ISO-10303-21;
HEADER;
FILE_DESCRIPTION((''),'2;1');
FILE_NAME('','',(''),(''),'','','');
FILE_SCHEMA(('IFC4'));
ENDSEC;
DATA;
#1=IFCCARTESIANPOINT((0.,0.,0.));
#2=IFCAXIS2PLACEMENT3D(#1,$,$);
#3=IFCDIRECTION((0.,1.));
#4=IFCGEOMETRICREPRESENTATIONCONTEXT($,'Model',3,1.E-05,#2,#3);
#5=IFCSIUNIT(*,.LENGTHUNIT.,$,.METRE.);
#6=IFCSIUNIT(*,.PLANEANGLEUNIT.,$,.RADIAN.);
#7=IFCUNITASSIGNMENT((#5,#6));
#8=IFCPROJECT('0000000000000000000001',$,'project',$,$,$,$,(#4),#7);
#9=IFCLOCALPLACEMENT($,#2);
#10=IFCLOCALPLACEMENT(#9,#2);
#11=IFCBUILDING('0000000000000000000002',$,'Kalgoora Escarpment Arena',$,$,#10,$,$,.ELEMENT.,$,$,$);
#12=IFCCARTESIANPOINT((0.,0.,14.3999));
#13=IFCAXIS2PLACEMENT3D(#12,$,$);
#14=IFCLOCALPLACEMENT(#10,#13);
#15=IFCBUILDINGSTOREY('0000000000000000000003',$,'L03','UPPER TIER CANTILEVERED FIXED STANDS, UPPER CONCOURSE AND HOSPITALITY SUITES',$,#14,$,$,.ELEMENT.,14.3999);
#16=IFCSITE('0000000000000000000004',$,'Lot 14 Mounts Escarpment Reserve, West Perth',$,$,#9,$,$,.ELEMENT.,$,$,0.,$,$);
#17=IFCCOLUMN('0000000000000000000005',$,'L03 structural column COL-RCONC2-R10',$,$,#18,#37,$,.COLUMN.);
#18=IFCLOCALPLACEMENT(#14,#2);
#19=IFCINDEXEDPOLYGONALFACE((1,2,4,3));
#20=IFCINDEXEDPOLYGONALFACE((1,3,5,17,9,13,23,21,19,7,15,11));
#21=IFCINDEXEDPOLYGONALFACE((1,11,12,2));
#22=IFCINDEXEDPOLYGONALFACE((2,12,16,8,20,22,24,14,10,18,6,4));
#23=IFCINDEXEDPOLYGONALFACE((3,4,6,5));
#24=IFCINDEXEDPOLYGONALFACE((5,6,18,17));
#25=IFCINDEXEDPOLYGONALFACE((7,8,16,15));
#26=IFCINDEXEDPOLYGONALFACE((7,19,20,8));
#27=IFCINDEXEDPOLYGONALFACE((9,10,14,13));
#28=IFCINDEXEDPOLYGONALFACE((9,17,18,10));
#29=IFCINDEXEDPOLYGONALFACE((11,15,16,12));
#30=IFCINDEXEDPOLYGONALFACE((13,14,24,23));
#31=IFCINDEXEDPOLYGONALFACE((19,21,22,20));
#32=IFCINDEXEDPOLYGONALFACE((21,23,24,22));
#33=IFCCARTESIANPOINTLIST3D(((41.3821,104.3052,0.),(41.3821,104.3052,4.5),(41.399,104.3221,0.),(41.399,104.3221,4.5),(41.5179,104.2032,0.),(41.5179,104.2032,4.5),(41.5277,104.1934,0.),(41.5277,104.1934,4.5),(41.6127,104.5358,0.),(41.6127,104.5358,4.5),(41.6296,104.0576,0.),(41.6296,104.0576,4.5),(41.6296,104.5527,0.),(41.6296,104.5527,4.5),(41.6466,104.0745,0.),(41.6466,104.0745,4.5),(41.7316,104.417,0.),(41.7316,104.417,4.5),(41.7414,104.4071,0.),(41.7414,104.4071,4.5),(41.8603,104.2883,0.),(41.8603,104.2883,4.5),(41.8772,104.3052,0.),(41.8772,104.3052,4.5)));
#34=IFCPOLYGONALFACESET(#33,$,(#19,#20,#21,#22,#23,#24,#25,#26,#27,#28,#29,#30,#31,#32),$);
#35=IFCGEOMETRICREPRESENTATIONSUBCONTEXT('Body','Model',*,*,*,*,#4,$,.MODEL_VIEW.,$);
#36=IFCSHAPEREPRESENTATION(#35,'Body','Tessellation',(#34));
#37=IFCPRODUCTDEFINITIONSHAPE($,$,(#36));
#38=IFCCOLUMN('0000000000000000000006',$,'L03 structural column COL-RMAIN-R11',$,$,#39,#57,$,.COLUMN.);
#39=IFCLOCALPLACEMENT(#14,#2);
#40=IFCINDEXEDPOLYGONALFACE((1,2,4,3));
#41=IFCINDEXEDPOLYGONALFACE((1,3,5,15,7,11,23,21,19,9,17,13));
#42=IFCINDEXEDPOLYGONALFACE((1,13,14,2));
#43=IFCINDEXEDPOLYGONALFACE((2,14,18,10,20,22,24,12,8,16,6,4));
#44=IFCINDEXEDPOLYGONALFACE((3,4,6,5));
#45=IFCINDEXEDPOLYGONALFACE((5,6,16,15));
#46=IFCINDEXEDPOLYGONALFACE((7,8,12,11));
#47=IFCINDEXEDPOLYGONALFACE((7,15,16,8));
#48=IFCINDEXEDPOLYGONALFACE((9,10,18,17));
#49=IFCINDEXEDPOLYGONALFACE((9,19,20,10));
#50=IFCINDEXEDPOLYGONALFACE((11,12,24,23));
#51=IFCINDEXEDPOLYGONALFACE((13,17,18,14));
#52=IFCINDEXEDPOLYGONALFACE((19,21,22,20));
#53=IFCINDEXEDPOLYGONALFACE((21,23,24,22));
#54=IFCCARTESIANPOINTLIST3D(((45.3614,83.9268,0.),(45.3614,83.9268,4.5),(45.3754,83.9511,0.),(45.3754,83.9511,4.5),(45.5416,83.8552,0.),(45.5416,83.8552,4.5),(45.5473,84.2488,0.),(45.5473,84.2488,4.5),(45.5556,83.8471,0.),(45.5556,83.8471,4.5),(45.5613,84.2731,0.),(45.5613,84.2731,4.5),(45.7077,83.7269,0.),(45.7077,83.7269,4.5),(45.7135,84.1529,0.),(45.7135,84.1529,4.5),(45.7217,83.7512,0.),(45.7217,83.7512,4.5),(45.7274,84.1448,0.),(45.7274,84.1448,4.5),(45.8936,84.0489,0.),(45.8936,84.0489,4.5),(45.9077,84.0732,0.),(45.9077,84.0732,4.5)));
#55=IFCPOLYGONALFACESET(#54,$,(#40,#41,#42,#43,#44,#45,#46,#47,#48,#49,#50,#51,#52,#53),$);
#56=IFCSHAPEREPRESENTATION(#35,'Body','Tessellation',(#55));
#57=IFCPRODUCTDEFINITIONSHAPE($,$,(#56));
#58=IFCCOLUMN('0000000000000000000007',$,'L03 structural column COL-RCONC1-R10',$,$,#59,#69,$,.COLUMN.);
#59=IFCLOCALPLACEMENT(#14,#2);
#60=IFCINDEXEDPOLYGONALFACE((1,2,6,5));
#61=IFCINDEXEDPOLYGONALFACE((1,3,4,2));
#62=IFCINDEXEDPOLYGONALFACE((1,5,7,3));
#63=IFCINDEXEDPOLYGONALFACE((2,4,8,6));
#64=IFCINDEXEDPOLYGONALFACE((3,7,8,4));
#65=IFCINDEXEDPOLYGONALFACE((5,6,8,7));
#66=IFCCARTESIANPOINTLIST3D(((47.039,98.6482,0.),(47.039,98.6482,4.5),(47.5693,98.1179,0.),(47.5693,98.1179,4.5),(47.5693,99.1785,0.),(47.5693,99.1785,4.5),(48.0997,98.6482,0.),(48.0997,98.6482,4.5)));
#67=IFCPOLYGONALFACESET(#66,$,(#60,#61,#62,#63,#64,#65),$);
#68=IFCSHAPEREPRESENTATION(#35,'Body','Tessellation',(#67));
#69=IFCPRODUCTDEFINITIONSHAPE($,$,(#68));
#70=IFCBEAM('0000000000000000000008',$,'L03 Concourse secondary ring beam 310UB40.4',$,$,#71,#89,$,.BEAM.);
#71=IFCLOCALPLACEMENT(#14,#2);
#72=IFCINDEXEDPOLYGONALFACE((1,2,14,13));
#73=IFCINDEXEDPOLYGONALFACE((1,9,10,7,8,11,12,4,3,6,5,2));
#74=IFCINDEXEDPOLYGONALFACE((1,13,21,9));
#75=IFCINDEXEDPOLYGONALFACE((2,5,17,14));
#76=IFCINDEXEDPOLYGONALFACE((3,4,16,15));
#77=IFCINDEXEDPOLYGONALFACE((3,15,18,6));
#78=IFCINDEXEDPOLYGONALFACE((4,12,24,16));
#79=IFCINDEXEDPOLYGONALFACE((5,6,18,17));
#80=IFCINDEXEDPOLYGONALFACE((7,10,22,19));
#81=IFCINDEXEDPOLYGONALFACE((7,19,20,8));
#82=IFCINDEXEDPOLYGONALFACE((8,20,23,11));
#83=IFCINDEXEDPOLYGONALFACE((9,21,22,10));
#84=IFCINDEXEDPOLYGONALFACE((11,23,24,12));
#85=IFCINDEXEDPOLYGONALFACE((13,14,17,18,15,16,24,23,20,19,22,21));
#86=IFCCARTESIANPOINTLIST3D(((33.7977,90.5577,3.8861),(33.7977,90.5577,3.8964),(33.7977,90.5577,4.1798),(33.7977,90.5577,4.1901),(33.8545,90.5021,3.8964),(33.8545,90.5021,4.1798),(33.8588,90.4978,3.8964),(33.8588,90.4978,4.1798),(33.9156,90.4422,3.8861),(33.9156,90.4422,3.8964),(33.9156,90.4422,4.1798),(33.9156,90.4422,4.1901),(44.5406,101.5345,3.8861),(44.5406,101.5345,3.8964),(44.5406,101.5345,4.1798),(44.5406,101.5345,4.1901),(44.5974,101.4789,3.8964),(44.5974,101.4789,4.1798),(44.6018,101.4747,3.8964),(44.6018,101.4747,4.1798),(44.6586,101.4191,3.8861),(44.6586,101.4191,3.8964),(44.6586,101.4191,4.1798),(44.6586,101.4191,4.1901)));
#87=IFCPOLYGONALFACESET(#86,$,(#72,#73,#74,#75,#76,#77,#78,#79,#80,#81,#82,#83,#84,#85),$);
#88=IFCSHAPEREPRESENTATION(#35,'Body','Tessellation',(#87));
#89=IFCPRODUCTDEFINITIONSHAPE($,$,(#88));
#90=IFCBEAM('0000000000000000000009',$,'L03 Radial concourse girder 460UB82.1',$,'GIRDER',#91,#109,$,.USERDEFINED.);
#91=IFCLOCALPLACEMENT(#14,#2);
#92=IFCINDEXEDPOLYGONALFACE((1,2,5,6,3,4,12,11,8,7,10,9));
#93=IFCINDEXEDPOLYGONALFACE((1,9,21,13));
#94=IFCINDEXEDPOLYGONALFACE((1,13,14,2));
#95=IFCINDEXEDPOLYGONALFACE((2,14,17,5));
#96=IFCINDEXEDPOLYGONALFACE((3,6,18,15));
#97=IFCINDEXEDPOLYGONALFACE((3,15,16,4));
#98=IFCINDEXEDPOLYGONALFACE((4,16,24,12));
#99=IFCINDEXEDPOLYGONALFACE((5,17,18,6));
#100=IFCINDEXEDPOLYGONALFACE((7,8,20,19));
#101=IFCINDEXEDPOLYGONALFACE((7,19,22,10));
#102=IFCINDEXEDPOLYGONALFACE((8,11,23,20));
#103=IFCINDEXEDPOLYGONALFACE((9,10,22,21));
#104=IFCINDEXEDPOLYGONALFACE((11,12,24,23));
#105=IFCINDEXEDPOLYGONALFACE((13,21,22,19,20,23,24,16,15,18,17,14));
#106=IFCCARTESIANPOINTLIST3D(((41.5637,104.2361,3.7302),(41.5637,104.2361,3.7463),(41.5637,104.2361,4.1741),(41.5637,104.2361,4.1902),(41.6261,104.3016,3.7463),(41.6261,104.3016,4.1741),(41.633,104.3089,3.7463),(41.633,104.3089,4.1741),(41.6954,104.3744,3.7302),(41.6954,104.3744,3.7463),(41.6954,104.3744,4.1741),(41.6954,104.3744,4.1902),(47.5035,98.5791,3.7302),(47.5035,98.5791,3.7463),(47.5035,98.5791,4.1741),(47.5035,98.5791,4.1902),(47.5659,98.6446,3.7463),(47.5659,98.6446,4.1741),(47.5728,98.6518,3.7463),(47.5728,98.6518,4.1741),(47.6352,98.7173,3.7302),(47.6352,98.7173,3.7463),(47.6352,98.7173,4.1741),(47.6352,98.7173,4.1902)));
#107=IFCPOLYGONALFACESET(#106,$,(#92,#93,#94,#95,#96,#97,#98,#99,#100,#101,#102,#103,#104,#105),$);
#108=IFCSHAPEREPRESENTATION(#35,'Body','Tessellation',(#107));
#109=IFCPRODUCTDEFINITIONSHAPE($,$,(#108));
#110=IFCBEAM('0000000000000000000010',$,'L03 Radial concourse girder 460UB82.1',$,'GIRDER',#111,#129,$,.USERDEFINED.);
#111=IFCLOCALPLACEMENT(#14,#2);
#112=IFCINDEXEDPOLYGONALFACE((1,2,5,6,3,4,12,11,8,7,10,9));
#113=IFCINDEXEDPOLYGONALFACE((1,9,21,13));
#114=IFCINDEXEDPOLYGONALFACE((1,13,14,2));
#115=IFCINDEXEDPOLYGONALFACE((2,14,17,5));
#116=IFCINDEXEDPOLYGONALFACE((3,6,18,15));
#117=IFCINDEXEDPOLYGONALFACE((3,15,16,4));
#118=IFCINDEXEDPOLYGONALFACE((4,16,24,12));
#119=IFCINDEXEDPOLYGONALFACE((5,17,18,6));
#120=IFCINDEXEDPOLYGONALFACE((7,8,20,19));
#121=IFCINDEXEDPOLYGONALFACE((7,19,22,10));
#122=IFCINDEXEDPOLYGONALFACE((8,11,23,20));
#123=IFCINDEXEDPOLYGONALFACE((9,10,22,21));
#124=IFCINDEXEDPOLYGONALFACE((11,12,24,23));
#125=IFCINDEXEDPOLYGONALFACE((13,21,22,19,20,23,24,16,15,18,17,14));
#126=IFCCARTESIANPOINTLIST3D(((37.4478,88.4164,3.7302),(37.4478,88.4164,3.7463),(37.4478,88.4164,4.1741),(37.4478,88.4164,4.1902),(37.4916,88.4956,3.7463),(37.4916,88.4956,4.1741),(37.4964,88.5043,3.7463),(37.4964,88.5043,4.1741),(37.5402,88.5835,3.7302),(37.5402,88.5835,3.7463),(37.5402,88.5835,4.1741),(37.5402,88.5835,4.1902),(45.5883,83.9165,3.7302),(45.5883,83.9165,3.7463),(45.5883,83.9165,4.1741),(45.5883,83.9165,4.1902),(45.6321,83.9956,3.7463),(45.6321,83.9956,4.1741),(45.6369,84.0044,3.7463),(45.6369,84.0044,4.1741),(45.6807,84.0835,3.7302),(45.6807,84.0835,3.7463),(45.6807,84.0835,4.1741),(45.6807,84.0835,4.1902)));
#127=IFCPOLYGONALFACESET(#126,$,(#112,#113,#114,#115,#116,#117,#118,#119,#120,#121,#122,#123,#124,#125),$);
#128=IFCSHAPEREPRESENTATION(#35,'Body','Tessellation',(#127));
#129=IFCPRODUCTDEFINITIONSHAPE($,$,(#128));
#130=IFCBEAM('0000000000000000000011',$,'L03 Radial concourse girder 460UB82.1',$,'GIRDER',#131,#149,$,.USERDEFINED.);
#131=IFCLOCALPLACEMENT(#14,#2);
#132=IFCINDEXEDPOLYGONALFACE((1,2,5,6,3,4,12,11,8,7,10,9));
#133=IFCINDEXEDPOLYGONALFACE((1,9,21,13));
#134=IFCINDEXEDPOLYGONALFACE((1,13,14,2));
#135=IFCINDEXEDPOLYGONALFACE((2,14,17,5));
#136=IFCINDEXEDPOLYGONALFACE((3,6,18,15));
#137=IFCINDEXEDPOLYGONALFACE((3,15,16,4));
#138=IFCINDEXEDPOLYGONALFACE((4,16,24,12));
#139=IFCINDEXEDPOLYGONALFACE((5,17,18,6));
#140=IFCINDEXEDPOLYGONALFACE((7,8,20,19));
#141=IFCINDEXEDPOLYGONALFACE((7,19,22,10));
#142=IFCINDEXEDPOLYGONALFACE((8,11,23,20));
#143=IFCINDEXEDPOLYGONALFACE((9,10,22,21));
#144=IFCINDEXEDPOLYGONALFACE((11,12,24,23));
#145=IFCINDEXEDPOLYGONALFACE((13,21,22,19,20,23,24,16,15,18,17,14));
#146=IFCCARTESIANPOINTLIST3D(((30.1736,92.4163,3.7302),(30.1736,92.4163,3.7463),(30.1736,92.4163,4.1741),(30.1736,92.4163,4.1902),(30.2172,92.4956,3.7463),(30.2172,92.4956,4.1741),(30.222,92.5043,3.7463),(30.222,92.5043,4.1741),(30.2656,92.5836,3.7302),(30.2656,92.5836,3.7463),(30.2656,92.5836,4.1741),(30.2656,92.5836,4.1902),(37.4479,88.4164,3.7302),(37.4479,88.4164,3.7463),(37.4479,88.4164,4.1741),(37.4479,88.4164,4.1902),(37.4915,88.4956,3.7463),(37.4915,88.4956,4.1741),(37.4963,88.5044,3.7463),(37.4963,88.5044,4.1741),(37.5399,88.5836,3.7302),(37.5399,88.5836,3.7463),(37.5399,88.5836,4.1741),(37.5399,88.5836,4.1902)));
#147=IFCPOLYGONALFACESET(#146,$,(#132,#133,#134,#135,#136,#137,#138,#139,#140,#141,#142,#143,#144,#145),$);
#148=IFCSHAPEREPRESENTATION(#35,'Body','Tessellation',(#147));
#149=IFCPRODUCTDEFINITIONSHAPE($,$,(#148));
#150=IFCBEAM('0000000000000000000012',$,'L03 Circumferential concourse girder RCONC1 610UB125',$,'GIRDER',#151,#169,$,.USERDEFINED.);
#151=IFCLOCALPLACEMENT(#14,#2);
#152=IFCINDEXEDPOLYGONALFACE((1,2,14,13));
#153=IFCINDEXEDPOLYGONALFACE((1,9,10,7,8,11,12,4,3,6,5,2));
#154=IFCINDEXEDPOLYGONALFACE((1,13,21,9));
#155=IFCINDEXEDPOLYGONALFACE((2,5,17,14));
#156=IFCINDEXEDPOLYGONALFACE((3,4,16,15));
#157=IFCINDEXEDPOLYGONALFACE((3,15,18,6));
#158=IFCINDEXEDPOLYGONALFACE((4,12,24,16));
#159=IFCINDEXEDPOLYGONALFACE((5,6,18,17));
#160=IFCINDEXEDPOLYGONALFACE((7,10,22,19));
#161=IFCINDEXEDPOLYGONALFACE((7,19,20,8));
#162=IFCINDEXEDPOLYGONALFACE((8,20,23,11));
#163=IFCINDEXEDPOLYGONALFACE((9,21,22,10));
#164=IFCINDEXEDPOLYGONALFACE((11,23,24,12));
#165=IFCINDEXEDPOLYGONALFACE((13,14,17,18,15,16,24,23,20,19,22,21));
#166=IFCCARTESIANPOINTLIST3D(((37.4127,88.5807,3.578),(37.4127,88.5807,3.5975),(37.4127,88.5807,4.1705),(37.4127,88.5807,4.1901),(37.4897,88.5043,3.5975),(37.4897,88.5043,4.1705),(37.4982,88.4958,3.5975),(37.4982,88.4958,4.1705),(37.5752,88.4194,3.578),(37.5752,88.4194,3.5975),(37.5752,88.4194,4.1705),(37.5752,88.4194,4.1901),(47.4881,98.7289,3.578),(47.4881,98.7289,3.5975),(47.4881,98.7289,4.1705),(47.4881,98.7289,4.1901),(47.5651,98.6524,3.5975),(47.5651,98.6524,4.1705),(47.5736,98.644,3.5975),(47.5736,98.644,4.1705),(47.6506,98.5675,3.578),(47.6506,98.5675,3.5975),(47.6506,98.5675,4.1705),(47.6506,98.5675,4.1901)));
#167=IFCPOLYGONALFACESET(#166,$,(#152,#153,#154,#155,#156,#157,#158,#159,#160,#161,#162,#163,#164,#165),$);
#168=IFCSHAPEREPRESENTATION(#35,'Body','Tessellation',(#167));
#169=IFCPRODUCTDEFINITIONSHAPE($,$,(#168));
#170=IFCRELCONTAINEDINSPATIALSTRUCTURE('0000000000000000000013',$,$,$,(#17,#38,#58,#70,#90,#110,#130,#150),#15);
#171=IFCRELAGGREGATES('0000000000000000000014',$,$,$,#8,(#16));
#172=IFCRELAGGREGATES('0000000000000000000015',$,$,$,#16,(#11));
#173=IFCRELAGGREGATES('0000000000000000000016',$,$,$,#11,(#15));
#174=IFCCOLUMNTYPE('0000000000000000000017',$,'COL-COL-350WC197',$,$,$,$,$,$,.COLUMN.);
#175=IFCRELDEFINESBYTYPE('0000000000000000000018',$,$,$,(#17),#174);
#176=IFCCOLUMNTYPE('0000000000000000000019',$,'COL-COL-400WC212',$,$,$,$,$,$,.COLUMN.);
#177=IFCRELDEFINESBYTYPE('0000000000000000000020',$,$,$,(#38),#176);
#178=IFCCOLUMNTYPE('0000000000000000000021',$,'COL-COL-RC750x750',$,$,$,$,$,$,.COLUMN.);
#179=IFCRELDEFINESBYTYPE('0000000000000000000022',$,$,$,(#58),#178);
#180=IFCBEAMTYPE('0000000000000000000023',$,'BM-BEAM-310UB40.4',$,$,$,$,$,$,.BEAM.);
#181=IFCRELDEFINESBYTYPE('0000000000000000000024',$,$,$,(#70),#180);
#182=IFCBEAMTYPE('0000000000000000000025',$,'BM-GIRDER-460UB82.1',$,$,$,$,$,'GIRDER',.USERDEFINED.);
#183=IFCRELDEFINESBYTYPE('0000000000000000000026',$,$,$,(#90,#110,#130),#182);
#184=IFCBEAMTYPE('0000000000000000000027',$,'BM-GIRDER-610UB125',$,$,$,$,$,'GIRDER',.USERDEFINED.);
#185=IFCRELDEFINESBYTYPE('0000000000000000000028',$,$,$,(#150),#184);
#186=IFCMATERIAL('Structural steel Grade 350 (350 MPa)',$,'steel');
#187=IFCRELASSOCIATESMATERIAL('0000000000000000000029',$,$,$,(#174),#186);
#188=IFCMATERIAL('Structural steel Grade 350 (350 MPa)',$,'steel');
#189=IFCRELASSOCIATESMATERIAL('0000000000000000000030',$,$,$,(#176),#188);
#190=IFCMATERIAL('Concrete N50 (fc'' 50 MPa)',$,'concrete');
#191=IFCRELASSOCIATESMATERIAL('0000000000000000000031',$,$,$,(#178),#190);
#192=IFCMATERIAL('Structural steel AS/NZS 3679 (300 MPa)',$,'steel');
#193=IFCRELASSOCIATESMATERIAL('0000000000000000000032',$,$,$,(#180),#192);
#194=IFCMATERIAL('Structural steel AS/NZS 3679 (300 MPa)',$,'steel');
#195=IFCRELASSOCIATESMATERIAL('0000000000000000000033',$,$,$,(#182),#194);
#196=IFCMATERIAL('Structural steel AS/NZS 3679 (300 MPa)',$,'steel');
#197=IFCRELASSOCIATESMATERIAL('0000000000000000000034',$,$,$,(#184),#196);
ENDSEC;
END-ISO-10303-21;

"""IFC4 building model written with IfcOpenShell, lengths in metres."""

from ifc_helpers import new_model, si_unit, direction, frame, origin, origin_2d, place, context, subcontext, project, spatial, rectangle, i_section, extrude, material, material_profile, profile_set, type_object, element, save


model = new_model("IFC4")

# Units and contexts
model_context = context("Model", 3, precision=1e-05, world=origin(), true_north=direction((0.0, 1.0)))
body_context = subcontext(model_context, "Body", "Model", "MODEL_VIEW")
ifc_project = project(units=[si_unit("LENGTHUNIT", "METRE"), si_unit("PLANEANGLEUNIT", "RADIAN")], contexts=[model_context])

# Site, building, storey
site_placement = place(None, origin())
site = spatial("IfcSite", under=ifc_project, at=site_placement, Name="Lot 14 Mounts Escarpment Reserve, West Perth", CompositionType="ELEMENT", RefElevation=0.0)
building_placement = place(site_placement, origin())
building = spatial("IfcBuilding", under=site, at=building_placement, Name="Kalgoora Escarpment Arena", CompositionType="ELEMENT")
storey_placement = place(building_placement, frame((0.0, 0.0, 14.3999)))
storey = spatial("IfcBuildingStorey", under=building, at=storey_placement, Name="L03", Description="UPPER TIER CANTILEVERED FIXED STANDS, UPPER CONCOURSE AND HOSPITALITY SUITES", CompositionType="ELEMENT", Elevation=14.3999)

# Columns
ifc_material_1 = material(Name="Structural steel Grade 350 (350 MPa)", Category="steel")
ifc_material_profile_1 = material_profile(ifc_material_1, i_section(OverallWidth=0.3501, OverallDepth=0.3501, WebThickness=0.0139, FlangeThickness=0.0239, at=origin_2d()))
ifc_profile_set_1 = profile_set([ifc_material_profile_1], Name="Structural steel Grade 350 (350 MPa)")
column_type_1 = type_object("IfcColumnType", Name="COL-COL-350WC197", PredefinedType="COLUMN", material=ifc_profile_set_1)
column_1_placement = place(storey_placement, frame((41.6296, 104.3052, 0.0), z_axis=(0.0, 0.0, 1.0), x_axis=(-0.707107, 0.707107, 0.0)))
element("IfcColumn", 1, at=column_1_placement, inside=storey, type_object=column_type_1, Name="L03 structural column COL-RCONC2-R10", PredefinedType="COLUMN", context=body_context, shape_type="SweptSolid", body=[
    extrude(i_section(OverallWidth=0.3501, OverallDepth=0.3501, WebThickness=0.0139, FlangeThickness=0.0239, at=origin_2d()), origin(), (0.0, 0.0, 1.0), 4.5),
])
ifc_material_2 = material(Name="Structural steel Grade 350 (350 MPa)", Category="steel")
ifc_material_profile_2 = material_profile(ifc_material_2, i_section(OverallWidth=0.3999, OverallDepth=0.3999, WebThickness=0.0161, FlangeThickness=0.0281, at=origin_2d()))
ifc_profile_set_2 = profile_set([ifc_material_profile_2], Name="Structural steel Grade 350 (350 MPa)")
column_type_2 = type_object("IfcColumnType", Name="COL-COL-400WC212", PredefinedType="COLUMN", material=ifc_profile_set_2)
column_2_placement = place(storey_placement, frame((45.6345, 84.0, 0.0), z_axis=(0.0, 0.0, 1.0), x_axis=(-0.866025, 0.5, 0.0)))
element("IfcColumn", 2, at=column_2_placement, inside=storey, type_object=column_type_2, Name="L03 structural column COL-RMAIN-R11", PredefinedType="COLUMN", context=body_context, shape_type="SweptSolid", body=[
    extrude(i_section(OverallWidth=0.3999, OverallDepth=0.3999, WebThickness=0.0161, FlangeThickness=0.0281, at=origin_2d()), origin(), (0.0, 0.0, 1.0), 4.5),
])
ifc_material_3 = material(Name="Concrete N50 (fc' 50 MPa)", Category="concrete")
ifc_material_profile_3 = material_profile(ifc_material_3, rectangle(XDim=0.75, YDim=0.75, at=origin_2d()))
ifc_profile_set_3 = profile_set([ifc_material_profile_3], Name="Concrete N50 (fc' 50 MPa)")
column_type_3 = type_object("IfcColumnType", Name="COL-COL-RC750x750", PredefinedType="COLUMN", material=ifc_profile_set_3)
column_3_placement = place(storey_placement, frame((47.5693, 98.6482, 0.0), z_axis=(0.0, 0.0, 1.0), x_axis=(-0.707107, 0.707107, 0.0)))
element("IfcColumn", 3, at=column_3_placement, inside=storey, type_object=column_type_3, Name="L03 structural column COL-RCONC1-R10", PredefinedType="COLUMN", context=body_context, shape_type="SweptSolid", body=[
    extrude(rectangle(XDim=0.75, YDim=0.75, at=origin_2d()), origin(), (0.0, 0.0, 1.0), 4.5),
])

# Beams
ifc_material_4 = material(Name="Structural steel AS/NZS 3679 (300 MPa)", Category="steel")
ifc_material_profile_4 = material_profile(ifc_material_4, i_section(OverallWidth=0.165, OverallDepth=0.304, WebThickness=0.0061, FlangeThickness=0.0103, at=origin_2d()))
ifc_profile_set_4 = profile_set([ifc_material_profile_4], Name="Structural steel AS/NZS 3679 (300 MPa)")
beam_type_1 = type_object("IfcBeamType", Name="BM-BEAM-310UB40.4", PredefinedType="BEAM", material=ifc_profile_set_4)
beam_1_placement = place(storey_placement, frame((44.5996, 101.4768, 4.0381), z_axis=(-0.699452, -0.71468, 0.0), x_axis=(0.71468, -0.699452, 0.0)))
element("IfcBeam", 4, at=beam_1_placement, inside=storey, type_object=beam_type_1, Name="L03 Concourse secondary ring beam 310UB40.4", PredefinedType="BEAM", context=body_context, shape_type="SweptSolid", body=[
    extrude(i_section(OverallWidth=0.165, OverallDepth=0.304, WebThickness=0.0061, FlangeThickness=0.0103, at=origin_2d()), origin(), (0.0, 0.0, 1.0), 15.3591),
])
ifc_material_5 = material(Name="Structural steel AS/NZS 3679 (300 MPa)", Category="steel")
ifc_material_profile_5 = material_profile(ifc_material_5, i_section(OverallWidth=0.1909, OverallDepth=0.46, WebThickness=0.01, FlangeThickness=0.0161, at=origin_2d()))
ifc_profile_set_5 = profile_set([ifc_material_profile_5], Name="Structural steel AS/NZS 3679 (300 MPa)")
beam_type_2 = type_object("IfcBeamType", Name="BM-GIRDER-460UB82.1", ElementType="GIRDER", PredefinedType="USERDEFINED", material=ifc_profile_set_5)
beam_2_placement = place(storey_placement, frame((47.5693, 98.6482, 3.9602), z_axis=(-0.72413, 0.689663, 0.0), x_axis=(-0.689663, -0.72413, 0.0)))
element("IfcBeam", 5, at=beam_2_placement, inside=storey, type_object=beam_type_2, Name="L03 Radial concourse girder 460UB82.1", ObjectType="GIRDER", PredefinedType="USERDEFINED", context=body_context, shape_type="SweptSolid", body=[
    extrude(i_section(OverallWidth=0.1909, OverallDepth=0.46, WebThickness=0.01, FlangeThickness=0.0161, at=origin_2d()), origin(), (0.0, 0.0, 1.0), 8.2026),
])
beam_3_placement = place(storey_placement, frame((45.6345, 84.0, 3.9602), z_axis=(-0.875185, 0.483788, 0.0), x_axis=(-0.483788, -0.875185, 0.0)))
element("IfcBeam", 6, at=beam_3_placement, inside=storey, type_object=beam_type_2, Name="L03 Radial concourse girder 460UB82.1", ObjectType="GIRDER", PredefinedType="USERDEFINED", context=body_context, shape_type="SweptSolid", body=[
    extrude(i_section(OverallWidth=0.1909, OverallDepth=0.46, WebThickness=0.01, FlangeThickness=0.0161, at=origin_2d()), origin(), (0.0, 0.0, 1.0), 9.3015),
])
beam_4_placement = place(storey_placement, frame((37.4939, 88.5, 3.9602), z_axis=(-0.876263, 0.481833, 0.0), x_axis=(-0.481833, -0.876263, 0.0)))
element("IfcBeam", 7, at=beam_4_placement, inside=storey, type_object=beam_type_2, Name="L03 Radial concourse girder 460UB82.1", ObjectType="GIRDER", PredefinedType="USERDEFINED", context=body_context, shape_type="SweptSolid", body=[
    extrude(i_section(OverallWidth=0.1909, OverallDepth=0.46, WebThickness=0.01, FlangeThickness=0.0161, at=origin_2d()), origin(), (0.0, 0.0, 1.0), 8.3015),
])
ifc_material_6 = material(Name="Structural steel AS/NZS 3679 (300 MPa)", Category="steel")
ifc_material_profile_6 = material_profile(ifc_material_6, i_section(OverallWidth=0.229, OverallDepth=0.6121, WebThickness=0.012, FlangeThickness=0.0195, at=origin_2d()))
ifc_profile_set_6 = profile_set([ifc_material_profile_6], Name="Structural steel AS/NZS 3679 (300 MPa)")
beam_type_3 = type_object("IfcBeamType", Name="BM-GIRDER-610UB125", ElementType="GIRDER", PredefinedType="USERDEFINED", material=ifc_profile_set_6)
beam_5_placement = place(storey_placement, frame((47.5693, 98.6482, 3.884), z_axis=(-0.704558, -0.709646, 0.0), x_axis=(0.709646, -0.704558, 0.0)))
element("IfcBeam", 8, at=beam_5_placement, inside=storey, type_object=beam_type_3, Name="L03 Circumferential concourse girder RCONC1 610UB125", ObjectType="GIRDER", PredefinedType="USERDEFINED", context=body_context, shape_type="SweptSolid", body=[
    extrude(i_section(OverallWidth=0.229, OverallDepth=0.6121, WebThickness=0.012, FlangeThickness=0.0195, at=origin_2d()), origin(), (0.0, 0.0, 1.0), 14.3003),
])

save(model, "model.ifc")
